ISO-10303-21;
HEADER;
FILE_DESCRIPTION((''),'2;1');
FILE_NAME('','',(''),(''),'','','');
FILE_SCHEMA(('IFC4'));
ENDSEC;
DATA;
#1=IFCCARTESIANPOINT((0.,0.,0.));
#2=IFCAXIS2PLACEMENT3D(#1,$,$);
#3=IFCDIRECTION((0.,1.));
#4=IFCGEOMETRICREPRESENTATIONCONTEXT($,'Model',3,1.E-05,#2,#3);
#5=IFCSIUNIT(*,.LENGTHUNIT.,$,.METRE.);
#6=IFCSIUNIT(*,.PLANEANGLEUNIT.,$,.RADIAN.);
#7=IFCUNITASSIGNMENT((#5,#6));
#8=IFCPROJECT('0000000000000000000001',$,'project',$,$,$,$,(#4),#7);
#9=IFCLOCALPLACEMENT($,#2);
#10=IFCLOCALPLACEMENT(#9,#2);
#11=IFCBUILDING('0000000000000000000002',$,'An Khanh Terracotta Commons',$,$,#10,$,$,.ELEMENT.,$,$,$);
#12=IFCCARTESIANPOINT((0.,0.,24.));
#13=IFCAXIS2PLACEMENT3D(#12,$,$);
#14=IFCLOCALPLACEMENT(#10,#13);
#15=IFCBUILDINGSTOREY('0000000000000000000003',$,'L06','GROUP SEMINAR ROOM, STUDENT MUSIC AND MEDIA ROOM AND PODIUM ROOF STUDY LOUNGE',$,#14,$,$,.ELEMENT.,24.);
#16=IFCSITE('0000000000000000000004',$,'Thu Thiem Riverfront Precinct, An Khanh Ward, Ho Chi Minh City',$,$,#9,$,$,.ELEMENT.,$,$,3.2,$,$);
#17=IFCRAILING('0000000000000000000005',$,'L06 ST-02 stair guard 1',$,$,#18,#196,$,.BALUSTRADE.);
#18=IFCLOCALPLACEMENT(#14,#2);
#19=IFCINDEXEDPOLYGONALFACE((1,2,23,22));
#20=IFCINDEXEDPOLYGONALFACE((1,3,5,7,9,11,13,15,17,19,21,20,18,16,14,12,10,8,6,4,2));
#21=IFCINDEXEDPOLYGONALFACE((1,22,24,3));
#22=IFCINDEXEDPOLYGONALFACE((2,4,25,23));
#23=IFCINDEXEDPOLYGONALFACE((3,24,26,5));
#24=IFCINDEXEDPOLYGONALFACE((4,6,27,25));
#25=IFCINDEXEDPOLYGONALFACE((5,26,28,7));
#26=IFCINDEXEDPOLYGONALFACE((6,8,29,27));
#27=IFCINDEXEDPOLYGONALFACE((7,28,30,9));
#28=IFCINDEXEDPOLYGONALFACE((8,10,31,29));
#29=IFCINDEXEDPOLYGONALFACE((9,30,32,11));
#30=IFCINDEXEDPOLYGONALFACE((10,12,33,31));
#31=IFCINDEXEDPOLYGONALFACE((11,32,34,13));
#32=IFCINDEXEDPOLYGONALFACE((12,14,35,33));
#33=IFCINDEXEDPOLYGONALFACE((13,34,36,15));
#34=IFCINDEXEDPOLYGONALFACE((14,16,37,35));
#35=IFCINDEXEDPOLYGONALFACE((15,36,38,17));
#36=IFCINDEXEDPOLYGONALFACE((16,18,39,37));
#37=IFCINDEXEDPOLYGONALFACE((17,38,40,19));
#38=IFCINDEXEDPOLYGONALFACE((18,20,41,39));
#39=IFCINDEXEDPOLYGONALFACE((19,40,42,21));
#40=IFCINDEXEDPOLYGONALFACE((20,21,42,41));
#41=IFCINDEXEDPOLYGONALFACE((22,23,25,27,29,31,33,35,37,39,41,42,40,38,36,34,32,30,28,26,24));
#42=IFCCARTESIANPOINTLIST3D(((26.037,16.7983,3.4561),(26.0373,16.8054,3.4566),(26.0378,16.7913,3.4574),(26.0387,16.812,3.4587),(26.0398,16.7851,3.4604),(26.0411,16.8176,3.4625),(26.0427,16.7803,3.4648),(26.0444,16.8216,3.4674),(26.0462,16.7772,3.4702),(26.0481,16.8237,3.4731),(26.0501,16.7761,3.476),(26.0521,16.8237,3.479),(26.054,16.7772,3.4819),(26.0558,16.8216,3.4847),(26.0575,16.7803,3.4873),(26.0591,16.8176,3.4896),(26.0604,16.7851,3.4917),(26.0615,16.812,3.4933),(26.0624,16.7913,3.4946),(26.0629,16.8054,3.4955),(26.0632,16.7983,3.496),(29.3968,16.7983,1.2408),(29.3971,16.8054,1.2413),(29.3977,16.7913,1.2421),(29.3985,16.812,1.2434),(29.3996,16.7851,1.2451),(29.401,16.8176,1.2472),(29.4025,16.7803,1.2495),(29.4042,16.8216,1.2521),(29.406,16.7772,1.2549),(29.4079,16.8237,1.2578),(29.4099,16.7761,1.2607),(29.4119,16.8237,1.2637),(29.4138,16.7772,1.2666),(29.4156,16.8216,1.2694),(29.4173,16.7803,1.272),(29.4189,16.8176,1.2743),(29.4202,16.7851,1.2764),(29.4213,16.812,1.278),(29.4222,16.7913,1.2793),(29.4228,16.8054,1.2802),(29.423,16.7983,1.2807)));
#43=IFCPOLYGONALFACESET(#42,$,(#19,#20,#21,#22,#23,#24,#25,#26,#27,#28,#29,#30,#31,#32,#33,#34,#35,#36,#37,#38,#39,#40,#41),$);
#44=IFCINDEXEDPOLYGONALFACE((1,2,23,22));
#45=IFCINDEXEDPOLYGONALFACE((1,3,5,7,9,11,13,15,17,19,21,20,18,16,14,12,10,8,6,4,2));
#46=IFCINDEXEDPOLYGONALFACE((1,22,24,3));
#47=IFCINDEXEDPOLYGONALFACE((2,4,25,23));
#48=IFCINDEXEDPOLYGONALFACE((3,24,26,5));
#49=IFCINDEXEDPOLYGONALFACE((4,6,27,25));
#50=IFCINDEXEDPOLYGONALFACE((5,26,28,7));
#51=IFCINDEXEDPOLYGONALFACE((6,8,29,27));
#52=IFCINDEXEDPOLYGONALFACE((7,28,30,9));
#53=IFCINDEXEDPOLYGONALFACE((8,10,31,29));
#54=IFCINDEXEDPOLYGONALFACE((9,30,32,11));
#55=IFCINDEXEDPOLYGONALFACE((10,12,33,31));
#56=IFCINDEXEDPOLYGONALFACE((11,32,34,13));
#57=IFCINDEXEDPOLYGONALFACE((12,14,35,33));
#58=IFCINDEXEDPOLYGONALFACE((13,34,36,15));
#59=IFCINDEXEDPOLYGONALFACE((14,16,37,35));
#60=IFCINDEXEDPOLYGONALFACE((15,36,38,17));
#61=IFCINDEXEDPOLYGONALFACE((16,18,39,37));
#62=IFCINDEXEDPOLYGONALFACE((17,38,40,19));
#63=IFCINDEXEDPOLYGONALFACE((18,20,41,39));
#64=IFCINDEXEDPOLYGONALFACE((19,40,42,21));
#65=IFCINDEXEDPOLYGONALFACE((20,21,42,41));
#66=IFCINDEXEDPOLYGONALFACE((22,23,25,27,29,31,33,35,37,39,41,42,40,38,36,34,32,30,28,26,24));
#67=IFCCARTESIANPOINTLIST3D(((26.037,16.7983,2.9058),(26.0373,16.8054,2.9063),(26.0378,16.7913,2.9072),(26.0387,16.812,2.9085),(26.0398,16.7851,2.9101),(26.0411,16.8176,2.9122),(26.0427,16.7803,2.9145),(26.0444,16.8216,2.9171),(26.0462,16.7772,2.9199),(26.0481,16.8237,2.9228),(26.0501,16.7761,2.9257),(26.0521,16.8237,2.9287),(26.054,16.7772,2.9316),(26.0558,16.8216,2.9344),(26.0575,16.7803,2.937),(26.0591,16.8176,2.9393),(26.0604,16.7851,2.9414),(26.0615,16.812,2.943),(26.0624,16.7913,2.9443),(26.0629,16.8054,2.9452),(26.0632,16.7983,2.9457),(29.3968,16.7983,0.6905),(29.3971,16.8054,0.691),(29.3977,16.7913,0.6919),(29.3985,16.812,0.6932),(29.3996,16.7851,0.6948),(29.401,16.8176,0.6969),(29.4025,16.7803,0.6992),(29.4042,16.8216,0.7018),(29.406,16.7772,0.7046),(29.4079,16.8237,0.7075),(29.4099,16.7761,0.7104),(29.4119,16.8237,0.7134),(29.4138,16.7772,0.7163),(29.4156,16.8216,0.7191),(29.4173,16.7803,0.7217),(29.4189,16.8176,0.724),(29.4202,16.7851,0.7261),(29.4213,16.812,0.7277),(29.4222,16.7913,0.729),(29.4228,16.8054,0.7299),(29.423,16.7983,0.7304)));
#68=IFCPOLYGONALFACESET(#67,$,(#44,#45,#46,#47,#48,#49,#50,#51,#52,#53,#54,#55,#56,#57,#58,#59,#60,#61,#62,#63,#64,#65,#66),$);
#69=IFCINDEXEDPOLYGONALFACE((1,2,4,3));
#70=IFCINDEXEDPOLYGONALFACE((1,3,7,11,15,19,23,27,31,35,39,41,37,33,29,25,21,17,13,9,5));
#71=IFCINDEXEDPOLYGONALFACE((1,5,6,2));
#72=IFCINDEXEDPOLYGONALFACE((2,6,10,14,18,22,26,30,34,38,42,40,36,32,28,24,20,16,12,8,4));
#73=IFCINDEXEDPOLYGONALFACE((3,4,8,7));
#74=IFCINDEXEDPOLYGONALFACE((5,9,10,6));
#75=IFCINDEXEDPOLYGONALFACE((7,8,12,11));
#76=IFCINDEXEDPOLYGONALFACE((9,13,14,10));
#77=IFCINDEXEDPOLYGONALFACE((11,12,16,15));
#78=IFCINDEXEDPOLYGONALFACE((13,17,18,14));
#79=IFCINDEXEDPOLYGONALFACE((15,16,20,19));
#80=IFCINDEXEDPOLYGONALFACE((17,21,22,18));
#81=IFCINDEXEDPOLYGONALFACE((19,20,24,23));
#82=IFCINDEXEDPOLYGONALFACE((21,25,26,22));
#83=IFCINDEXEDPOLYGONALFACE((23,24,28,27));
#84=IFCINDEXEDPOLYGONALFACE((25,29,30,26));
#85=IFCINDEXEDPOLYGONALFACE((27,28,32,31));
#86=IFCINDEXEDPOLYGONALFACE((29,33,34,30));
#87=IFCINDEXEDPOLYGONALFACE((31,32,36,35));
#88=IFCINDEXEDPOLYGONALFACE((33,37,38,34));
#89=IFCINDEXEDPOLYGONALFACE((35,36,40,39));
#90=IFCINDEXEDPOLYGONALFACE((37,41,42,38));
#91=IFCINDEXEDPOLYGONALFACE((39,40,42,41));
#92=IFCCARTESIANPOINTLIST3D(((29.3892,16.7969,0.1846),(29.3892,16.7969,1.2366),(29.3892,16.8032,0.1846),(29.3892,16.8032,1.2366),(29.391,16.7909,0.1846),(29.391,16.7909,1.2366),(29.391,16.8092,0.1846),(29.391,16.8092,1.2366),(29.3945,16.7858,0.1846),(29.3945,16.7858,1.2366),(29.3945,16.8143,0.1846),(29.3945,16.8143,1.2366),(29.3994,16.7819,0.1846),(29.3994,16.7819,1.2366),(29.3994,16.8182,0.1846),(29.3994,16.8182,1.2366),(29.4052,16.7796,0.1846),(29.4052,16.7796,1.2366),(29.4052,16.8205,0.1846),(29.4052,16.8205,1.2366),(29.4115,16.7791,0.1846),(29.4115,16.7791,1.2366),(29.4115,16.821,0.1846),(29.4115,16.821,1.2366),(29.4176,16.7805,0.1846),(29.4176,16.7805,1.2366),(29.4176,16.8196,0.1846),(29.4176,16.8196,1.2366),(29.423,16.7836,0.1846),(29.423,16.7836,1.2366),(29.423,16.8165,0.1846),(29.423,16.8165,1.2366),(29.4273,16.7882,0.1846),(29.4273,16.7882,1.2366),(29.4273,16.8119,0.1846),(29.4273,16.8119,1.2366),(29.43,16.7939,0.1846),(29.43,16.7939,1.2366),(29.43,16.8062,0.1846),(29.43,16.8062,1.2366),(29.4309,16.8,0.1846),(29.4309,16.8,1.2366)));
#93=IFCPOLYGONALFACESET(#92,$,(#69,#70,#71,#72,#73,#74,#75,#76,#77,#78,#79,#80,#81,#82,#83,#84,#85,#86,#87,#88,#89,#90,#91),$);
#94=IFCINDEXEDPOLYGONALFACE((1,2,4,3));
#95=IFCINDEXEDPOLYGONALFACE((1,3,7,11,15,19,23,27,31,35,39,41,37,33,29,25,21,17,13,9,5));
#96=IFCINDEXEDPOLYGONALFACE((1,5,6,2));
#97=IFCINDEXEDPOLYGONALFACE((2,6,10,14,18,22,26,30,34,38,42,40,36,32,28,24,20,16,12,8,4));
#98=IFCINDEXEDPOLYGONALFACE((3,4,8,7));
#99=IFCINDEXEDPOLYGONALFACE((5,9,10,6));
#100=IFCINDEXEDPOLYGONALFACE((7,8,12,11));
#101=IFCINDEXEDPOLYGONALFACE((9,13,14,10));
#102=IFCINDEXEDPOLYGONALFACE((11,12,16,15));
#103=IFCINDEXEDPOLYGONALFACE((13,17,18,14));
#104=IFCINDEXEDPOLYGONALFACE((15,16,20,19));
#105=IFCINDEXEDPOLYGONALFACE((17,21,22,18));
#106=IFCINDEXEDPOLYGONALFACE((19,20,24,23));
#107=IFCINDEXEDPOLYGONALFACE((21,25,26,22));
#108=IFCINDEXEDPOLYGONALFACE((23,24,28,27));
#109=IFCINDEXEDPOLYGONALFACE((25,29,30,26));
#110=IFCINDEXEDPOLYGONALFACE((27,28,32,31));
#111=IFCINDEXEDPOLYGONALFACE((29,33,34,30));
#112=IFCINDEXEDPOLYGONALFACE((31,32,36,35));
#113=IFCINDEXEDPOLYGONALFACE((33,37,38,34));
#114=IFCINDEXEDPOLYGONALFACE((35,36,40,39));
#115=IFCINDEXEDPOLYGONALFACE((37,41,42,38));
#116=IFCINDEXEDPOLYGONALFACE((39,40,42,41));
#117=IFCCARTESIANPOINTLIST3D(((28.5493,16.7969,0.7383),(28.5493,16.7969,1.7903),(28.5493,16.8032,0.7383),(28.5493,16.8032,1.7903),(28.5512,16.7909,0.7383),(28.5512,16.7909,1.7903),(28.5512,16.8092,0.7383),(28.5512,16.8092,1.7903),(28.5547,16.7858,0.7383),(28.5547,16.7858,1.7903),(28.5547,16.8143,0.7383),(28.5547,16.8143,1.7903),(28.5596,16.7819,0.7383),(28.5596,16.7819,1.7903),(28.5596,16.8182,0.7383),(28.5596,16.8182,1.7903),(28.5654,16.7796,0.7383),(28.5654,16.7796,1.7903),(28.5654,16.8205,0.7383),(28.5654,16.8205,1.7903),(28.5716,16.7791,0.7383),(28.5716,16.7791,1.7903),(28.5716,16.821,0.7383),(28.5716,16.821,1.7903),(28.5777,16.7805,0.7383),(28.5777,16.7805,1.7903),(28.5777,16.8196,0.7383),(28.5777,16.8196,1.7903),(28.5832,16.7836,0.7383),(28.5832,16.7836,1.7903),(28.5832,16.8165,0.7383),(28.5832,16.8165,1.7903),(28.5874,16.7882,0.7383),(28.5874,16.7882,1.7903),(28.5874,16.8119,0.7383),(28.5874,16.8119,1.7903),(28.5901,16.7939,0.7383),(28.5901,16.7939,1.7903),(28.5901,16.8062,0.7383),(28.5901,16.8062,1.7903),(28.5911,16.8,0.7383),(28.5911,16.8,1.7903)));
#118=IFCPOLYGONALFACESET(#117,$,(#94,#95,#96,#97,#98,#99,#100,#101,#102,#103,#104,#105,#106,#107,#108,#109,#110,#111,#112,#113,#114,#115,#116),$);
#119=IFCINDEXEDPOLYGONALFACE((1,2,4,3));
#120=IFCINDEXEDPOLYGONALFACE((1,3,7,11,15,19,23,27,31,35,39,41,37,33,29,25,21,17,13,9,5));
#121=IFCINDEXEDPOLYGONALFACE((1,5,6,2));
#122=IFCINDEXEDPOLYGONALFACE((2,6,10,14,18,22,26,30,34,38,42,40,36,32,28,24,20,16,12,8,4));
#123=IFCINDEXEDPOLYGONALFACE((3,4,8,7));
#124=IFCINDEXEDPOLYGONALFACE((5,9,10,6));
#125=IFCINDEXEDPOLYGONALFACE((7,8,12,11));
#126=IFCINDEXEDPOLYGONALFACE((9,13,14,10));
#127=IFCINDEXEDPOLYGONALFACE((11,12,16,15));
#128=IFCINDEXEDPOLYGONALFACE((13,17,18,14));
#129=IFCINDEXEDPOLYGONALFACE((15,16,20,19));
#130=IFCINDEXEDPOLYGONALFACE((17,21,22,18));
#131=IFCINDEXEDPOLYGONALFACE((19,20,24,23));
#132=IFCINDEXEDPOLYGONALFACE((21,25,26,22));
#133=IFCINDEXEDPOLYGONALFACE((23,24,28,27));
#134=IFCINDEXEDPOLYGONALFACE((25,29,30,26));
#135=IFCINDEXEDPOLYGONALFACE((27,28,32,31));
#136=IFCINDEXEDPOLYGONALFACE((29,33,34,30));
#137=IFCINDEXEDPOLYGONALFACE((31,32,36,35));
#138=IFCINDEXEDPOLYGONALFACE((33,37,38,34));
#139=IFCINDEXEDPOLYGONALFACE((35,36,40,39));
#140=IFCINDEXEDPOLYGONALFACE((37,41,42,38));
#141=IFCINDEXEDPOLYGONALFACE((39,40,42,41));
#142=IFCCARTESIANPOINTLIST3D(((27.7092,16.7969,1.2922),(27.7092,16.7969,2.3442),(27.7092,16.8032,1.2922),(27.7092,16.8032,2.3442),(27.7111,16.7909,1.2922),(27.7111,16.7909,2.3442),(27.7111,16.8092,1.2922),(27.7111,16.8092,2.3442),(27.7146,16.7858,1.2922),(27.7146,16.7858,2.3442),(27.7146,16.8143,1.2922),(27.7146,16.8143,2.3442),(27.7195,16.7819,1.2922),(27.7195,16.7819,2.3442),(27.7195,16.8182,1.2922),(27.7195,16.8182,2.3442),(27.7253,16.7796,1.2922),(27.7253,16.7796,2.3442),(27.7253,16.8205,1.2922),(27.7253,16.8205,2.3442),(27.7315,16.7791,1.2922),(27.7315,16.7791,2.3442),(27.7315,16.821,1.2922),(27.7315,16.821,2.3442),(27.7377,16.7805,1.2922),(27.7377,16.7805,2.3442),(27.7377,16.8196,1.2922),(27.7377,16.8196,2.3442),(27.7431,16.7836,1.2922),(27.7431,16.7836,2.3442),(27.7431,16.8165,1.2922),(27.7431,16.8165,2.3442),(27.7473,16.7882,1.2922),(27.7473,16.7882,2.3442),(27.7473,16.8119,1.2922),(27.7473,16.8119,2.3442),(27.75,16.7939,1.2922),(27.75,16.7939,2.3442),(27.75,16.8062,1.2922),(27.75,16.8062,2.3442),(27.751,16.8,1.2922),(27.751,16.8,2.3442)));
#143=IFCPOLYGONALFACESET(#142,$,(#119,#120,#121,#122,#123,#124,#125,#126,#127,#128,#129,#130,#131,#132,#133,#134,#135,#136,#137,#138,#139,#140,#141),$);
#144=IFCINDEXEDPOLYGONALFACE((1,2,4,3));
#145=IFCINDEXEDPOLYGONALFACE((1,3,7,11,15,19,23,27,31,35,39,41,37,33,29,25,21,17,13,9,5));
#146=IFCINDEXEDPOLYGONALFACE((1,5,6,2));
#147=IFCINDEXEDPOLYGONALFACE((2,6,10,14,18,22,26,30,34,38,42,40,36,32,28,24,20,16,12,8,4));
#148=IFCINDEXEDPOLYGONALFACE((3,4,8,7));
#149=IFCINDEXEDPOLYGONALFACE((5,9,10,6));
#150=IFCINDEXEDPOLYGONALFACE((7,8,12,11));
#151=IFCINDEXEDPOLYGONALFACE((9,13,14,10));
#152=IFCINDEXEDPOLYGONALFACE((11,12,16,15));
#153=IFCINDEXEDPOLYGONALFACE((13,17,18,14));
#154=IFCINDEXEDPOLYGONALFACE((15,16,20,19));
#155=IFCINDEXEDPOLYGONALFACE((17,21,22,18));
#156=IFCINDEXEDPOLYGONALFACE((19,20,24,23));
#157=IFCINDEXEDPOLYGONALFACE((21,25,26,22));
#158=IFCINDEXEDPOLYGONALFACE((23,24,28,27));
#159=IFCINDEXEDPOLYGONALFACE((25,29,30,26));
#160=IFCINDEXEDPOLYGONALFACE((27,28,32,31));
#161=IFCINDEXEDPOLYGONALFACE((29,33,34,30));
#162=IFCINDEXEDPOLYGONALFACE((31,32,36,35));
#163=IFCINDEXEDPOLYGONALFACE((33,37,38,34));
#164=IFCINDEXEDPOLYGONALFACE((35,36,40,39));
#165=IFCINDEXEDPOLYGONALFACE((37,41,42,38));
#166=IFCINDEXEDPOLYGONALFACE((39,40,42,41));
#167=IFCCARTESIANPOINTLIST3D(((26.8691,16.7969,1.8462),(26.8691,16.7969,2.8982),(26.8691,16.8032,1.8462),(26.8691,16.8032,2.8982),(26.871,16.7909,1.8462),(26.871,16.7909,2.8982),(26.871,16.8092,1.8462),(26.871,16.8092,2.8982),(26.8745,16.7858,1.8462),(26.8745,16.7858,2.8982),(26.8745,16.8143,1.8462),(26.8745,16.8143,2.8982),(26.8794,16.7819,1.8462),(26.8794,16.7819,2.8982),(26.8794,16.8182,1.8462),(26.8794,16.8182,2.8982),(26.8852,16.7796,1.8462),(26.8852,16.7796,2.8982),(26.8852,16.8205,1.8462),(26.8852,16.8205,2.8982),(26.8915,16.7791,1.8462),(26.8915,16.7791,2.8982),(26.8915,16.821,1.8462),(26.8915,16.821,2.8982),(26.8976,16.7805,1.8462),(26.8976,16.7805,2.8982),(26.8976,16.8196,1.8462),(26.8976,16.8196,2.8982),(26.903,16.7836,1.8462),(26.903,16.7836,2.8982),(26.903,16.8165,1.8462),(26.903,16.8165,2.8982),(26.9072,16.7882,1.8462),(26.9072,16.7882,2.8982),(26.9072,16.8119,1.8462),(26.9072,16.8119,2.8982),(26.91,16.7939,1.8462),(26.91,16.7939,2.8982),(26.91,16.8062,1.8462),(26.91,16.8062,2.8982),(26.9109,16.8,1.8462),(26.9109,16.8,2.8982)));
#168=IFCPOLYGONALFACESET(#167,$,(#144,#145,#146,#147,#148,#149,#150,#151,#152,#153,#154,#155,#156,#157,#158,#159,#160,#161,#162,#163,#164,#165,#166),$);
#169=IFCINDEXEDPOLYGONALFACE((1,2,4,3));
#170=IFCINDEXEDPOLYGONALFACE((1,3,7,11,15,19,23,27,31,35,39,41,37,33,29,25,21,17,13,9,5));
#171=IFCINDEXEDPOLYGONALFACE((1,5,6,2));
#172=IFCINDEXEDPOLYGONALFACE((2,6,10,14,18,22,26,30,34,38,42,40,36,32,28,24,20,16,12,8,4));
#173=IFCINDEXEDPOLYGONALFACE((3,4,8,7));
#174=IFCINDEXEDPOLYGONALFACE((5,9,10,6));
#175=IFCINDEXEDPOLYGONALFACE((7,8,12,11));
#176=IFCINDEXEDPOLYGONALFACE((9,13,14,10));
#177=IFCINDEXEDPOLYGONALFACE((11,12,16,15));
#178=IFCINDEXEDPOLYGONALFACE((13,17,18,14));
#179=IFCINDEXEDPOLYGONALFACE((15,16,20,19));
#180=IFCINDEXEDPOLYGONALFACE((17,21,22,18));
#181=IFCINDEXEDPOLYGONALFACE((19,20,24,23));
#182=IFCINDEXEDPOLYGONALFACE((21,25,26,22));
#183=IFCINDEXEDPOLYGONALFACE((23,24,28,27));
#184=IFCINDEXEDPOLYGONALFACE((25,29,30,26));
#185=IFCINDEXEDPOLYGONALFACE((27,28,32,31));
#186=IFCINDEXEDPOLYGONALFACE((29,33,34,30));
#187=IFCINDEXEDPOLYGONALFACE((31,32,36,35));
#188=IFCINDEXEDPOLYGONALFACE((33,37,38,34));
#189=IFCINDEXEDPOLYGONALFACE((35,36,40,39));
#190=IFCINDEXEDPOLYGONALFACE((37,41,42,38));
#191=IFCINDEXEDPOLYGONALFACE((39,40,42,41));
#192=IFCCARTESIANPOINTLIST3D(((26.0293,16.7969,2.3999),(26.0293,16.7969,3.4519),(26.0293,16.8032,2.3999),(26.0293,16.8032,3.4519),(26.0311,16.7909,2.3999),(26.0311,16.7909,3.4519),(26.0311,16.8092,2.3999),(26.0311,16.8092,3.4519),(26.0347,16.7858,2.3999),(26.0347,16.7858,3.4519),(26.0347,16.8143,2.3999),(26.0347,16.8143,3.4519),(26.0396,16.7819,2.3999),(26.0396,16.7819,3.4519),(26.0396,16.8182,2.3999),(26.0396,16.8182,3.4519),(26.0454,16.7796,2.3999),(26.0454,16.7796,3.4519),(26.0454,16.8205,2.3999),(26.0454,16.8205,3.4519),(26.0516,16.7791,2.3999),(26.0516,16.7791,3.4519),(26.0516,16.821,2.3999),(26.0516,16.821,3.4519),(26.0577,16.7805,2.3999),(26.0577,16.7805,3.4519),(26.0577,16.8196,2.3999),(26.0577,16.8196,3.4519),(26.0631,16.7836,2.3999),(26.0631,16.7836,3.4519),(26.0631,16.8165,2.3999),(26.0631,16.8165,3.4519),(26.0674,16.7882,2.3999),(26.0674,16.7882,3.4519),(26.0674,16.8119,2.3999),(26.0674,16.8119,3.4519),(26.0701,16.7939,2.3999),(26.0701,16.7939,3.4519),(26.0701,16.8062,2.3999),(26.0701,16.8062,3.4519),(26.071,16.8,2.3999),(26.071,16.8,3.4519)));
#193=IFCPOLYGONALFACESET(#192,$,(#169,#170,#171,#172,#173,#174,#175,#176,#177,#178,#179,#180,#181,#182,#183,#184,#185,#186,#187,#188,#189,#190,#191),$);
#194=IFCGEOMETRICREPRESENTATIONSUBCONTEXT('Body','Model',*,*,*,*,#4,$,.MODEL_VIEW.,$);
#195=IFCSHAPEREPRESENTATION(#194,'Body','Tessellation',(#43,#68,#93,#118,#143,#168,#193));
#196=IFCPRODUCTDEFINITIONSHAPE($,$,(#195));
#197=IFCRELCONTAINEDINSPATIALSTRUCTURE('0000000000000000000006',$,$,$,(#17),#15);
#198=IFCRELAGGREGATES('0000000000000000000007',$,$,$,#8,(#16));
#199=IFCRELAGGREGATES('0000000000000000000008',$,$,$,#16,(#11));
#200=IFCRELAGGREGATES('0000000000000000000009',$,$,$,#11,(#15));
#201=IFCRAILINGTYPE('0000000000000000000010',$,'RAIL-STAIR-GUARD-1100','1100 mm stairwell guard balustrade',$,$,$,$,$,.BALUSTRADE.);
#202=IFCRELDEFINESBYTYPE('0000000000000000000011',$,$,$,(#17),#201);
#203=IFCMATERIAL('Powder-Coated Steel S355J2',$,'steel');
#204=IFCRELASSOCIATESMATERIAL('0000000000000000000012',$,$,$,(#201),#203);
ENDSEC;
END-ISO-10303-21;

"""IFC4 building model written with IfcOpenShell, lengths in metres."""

from ifc_helpers import new_model, si_unit, direction, frame, origin, origin_2d, place, context, subcontext, project, spatial, circle, extrude, material, type_object, element, save


model = new_model("IFC4")

# Units and contexts
model_context = context("Model", 3, precision=1e-05, world=origin(), true_north=direction((0.0, 1.0)))
body_context = subcontext(model_context, "Body", "Model", "MODEL_VIEW")
ifc_project = project(units=[si_unit("LENGTHUNIT", "METRE"), si_unit("PLANEANGLEUNIT", "RADIAN")], contexts=[model_context])

# Site, building, storey
site_placement = place(None, origin())
site = spatial("IfcSite", under=ifc_project, at=site_placement, Name="Thu Thiem Riverfront Precinct, An Khanh Ward, Ho Chi Minh City", CompositionType="ELEMENT", RefElevation=3.2)
building_placement = place(site_placement, origin())
building = spatial("IfcBuilding", under=site, at=building_placement, Name="An Khanh Terracotta Commons", CompositionType="ELEMENT")
storey_placement = place(building_placement, frame((0.0, 0.0, 24.0)))
storey = spatial("IfcBuildingStorey", under=building, at=storey_placement, Name="L06", Description="GROUP SEMINAR ROOM, STUDENT MUSIC AND MEDIA ROOM AND PODIUM ROOF STUDY LOUNGE", CompositionType="ELEMENT", Elevation=24.0)

# Railing
ifc_material_1 = material(Name="Powder-Coated Steel S355J2", Category="steel")
railing_type_1 = type_object("IfcRailingType", Name="RAIL-STAIR-GUARD-1100", Description="1100 mm stairwell guard balustrade", PredefinedType="BALUSTRADE", material=ifc_material_1)
railing_1_placement = place(storey_placement, frame((29.4099, 16.8, 0.1846)))
element("IfcRailing", 1, at=railing_1_placement, inside=storey, type_object=railing_type_1, Name="L06 ST-02 stair guard 1", PredefinedType="BALUSTRADE", context=body_context, shape_type="SweptSolid", body=[
    extrude(circle(Radius=0.0239, at=origin_2d()), frame((0.0, 0.0, 1.0762), z_axis=(-0.834858, 0.0, 0.550465), x_axis=(0.0, -1.0, 0.0)), (0.0, 0.0, 1.0), 4.0244),
    extrude(circle(Radius=0.0239, at=origin_2d()), frame((0.0, 0.0, 0.5259), z_axis=(-0.834858, 0.0, 0.550465), x_axis=(0.0, -1.0, 0.0)), (0.0, 0.0, 1.0), 4.0244),
    extrude(circle(Radius=0.021, at=origin_2d()), origin(), (0.0, 0.0, 1.0), 1.052),
    extrude(circle(Radius=0.021, at=origin_2d()), frame((-0.8398, 0.0, 0.5537)), (0.0, 0.0, 1.0), 1.052),
    extrude(circle(Radius=0.021, at=origin_2d()), frame((-1.6799, 0.0, 1.1077)), (0.0, 0.0, 1.0), 1.052),
    extrude(circle(Radius=0.021, at=origin_2d()), frame((-2.52, 0.0, 1.6616)), (0.0, 0.0, 1.0), 1.052),
    extrude(circle(Radius=0.021, at=origin_2d()), frame((-3.3599, 0.0, 2.2153)), (0.0, 0.0, 1.0), 1.052),
])

save(model, "model.ifc")
